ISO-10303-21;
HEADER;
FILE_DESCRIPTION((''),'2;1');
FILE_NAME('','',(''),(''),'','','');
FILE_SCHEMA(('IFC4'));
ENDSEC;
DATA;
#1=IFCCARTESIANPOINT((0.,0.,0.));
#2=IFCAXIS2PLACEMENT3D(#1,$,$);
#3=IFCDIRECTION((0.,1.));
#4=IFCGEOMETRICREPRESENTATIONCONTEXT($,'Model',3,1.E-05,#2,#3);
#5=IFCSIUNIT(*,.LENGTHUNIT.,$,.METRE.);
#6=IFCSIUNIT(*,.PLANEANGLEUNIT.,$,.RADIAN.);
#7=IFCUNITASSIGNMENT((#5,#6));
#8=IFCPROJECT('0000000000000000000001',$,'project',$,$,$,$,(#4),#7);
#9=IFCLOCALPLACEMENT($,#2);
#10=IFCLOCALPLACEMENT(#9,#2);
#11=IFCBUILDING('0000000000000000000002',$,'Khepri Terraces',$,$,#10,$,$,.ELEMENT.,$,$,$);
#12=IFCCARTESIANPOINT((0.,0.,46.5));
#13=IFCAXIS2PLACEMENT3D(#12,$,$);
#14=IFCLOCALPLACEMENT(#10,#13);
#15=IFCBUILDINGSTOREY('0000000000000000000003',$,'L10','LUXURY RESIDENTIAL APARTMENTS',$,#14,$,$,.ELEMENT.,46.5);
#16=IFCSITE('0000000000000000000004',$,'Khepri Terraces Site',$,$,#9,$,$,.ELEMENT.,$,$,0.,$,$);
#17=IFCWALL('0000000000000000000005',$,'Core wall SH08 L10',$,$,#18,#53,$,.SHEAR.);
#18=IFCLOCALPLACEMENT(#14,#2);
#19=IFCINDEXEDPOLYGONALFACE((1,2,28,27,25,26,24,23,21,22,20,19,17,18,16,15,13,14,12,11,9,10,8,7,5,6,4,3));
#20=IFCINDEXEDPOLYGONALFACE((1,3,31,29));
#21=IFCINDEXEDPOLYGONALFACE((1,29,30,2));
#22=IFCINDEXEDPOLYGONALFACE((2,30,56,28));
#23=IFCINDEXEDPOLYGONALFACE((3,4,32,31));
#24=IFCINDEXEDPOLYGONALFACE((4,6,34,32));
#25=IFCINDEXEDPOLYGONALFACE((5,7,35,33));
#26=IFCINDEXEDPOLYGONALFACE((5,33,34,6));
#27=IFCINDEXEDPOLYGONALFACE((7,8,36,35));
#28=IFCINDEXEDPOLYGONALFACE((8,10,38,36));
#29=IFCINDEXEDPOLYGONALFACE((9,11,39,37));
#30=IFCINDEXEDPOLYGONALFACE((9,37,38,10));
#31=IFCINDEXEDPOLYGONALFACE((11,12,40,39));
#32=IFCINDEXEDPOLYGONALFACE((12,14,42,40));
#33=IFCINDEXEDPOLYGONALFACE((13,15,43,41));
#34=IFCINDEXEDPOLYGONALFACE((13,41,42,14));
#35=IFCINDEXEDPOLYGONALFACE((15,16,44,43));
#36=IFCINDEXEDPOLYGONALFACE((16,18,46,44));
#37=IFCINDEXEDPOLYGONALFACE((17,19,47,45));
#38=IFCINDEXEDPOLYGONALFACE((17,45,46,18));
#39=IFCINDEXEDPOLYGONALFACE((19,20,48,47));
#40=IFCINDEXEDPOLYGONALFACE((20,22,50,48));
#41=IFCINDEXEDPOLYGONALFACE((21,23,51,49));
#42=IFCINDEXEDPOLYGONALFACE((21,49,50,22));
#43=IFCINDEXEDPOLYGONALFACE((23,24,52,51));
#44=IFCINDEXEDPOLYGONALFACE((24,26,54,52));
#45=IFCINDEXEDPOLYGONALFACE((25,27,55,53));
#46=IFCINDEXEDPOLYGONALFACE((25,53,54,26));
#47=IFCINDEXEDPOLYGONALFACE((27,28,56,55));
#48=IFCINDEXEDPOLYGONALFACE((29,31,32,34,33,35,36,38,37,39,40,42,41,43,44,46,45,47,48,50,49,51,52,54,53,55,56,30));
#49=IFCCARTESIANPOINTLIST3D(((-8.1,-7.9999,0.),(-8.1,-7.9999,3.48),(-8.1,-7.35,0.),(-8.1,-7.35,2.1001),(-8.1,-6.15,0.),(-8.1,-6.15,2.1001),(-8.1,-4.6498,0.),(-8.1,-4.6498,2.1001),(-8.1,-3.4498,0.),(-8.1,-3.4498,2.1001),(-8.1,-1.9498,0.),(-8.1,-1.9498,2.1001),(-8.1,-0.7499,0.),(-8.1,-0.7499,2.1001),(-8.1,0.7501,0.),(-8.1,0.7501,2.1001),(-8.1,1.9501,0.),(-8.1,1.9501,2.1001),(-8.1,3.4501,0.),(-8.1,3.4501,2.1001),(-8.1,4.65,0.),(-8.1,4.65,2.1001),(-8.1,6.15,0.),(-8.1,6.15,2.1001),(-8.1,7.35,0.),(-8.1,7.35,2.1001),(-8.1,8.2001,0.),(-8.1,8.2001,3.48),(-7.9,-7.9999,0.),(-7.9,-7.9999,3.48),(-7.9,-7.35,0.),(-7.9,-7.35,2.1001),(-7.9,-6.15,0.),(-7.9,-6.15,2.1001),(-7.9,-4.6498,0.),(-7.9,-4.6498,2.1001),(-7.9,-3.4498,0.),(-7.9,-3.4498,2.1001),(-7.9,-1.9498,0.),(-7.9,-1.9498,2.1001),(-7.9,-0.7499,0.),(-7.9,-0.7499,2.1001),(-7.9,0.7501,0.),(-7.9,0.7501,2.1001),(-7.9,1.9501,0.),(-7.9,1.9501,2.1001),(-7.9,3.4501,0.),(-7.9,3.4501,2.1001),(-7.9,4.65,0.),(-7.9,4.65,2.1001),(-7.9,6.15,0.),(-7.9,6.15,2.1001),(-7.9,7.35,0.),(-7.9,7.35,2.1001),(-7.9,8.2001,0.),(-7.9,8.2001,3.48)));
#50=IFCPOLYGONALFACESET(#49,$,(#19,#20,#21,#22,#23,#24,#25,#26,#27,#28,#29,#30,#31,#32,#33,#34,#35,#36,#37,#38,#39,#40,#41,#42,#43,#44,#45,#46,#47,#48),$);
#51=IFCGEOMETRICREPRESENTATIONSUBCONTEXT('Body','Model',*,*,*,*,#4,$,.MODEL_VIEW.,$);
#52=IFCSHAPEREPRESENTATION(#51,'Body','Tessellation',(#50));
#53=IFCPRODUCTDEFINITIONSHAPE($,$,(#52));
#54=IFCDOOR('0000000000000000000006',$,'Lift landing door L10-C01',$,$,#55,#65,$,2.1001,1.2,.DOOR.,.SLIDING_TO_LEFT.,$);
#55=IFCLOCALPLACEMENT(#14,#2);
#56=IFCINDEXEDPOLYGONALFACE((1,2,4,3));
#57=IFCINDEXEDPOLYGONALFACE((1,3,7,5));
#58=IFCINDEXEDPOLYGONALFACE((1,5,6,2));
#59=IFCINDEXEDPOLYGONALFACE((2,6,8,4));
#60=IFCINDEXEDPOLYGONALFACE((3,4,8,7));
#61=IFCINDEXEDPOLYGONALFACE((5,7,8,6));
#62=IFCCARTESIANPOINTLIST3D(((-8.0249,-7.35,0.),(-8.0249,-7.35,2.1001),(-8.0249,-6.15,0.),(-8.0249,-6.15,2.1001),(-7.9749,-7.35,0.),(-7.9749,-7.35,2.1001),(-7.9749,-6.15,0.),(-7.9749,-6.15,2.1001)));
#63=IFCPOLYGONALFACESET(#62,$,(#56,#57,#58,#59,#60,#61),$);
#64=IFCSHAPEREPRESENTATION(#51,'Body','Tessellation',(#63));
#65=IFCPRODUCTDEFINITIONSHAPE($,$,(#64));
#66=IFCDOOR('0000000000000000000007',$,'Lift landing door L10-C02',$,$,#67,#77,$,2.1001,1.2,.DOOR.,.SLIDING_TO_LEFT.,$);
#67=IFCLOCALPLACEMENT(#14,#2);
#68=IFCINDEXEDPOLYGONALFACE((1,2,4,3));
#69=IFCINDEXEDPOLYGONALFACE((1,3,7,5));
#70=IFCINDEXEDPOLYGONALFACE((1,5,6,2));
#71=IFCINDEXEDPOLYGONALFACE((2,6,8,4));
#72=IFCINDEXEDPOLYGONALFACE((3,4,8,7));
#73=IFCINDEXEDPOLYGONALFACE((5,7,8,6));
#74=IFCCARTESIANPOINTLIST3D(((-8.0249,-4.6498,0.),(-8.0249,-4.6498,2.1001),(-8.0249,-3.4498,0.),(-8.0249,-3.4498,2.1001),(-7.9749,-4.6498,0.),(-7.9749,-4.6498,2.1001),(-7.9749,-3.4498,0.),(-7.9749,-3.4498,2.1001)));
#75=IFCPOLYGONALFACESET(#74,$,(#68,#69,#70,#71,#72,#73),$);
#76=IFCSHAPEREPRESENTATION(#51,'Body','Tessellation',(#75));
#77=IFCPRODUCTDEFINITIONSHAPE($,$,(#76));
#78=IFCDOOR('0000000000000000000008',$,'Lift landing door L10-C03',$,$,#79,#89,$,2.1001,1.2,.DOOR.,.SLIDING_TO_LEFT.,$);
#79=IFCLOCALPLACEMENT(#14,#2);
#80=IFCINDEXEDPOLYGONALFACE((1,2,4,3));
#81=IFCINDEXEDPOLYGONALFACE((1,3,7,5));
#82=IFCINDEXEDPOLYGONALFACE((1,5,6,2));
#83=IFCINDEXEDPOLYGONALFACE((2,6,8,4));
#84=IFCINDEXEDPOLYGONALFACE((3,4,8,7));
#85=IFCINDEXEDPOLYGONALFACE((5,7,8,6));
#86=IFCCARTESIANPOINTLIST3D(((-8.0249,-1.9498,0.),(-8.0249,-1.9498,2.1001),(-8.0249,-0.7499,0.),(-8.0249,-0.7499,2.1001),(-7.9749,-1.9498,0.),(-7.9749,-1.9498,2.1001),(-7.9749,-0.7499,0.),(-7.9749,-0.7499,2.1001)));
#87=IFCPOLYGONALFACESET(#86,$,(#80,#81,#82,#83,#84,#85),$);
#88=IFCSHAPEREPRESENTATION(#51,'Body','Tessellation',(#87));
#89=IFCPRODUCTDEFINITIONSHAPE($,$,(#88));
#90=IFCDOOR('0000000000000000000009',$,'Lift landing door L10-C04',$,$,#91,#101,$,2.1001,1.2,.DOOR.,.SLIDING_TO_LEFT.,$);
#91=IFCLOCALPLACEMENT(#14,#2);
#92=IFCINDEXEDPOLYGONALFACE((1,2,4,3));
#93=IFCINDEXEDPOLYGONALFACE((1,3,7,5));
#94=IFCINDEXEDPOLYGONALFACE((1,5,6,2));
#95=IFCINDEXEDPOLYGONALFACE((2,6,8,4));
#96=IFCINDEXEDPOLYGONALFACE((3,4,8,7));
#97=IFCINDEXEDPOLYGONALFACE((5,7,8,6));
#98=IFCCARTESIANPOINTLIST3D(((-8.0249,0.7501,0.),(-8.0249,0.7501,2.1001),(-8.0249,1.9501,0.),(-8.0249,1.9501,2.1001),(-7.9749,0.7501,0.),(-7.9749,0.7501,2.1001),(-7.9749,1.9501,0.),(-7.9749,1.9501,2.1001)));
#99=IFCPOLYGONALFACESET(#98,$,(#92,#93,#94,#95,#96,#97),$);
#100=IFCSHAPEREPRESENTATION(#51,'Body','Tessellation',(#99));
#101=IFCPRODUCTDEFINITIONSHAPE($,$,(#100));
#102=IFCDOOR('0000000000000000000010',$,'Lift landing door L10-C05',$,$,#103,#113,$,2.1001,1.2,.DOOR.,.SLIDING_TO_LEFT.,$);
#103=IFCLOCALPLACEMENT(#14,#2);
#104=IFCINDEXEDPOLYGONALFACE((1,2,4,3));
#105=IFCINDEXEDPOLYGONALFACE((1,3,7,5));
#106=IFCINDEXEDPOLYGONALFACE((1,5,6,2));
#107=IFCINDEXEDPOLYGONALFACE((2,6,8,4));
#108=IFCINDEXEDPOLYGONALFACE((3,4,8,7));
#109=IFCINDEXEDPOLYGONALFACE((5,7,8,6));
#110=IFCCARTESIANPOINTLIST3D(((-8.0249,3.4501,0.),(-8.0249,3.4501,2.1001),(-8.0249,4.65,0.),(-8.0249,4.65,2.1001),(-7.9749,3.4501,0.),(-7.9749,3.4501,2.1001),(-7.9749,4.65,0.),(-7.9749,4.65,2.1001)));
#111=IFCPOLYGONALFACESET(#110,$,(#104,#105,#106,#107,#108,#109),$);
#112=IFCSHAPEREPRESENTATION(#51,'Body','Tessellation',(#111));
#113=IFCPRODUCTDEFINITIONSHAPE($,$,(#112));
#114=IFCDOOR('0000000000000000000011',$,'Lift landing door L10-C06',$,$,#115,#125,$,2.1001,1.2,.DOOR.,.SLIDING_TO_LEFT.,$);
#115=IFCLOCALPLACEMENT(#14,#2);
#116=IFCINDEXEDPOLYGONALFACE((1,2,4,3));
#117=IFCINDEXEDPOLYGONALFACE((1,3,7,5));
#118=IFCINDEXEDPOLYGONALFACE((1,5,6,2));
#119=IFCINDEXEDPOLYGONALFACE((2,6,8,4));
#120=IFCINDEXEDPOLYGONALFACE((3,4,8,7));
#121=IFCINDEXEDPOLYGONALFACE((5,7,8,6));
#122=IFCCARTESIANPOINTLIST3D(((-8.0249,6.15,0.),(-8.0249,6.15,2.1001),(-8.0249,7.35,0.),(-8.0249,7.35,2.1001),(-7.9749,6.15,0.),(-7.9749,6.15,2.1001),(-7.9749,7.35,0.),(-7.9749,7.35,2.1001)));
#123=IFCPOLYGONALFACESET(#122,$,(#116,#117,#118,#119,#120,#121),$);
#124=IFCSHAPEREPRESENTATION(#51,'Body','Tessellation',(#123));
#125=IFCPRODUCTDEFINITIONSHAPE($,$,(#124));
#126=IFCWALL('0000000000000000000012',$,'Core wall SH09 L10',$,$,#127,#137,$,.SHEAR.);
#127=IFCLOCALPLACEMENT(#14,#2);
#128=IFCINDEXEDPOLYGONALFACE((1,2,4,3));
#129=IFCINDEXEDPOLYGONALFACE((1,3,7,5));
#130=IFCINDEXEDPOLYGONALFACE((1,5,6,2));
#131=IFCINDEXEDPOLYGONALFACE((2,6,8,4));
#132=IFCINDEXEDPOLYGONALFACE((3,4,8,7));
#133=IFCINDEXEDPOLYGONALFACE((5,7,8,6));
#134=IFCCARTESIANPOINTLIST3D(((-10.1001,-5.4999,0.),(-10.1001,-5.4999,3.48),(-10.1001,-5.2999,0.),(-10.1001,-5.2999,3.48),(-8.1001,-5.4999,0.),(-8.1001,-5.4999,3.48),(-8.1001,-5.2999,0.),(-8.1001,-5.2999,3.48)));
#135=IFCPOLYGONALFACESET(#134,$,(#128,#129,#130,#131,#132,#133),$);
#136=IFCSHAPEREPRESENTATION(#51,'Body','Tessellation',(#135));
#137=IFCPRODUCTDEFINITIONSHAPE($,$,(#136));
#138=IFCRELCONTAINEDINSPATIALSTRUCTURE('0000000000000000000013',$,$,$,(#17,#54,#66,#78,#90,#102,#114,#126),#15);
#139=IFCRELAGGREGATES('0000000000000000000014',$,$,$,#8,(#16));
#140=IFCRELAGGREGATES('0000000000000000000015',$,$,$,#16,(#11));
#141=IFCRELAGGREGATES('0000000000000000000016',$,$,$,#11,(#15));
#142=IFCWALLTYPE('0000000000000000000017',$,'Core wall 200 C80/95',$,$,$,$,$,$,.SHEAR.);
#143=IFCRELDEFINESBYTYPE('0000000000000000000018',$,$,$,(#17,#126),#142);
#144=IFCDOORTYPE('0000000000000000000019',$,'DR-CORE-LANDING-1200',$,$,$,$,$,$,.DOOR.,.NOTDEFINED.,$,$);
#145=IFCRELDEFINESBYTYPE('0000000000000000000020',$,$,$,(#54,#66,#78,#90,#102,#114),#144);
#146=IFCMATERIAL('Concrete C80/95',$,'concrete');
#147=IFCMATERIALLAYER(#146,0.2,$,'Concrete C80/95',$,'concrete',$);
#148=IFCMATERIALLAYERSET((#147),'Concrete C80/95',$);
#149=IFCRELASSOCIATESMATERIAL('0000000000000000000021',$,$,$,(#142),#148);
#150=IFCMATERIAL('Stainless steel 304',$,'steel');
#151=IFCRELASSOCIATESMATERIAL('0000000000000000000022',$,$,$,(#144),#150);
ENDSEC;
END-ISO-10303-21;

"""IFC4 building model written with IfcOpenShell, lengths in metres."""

from ifc_helpers import new_model, si_unit, direction, frame, frame_2d, origin, place, context, subcontext, project, spatial, rectangle, extrude, material, layer, layer_set, type_object, element, fill, save


model = new_model("IFC4")

# Units and contexts
model_context = context("Model", 3, precision=1e-05, world=origin(), true_north=direction((0.0, 1.0)))
body_context = subcontext(model_context, "Body", "Model", "MODEL_VIEW")
ifc_project = project(units=[si_unit("LENGTHUNIT", "METRE"), si_unit("PLANEANGLEUNIT", "RADIAN")], contexts=[model_context])

# Site, building, storey
site_placement = place(None, origin())
site = spatial("IfcSite", under=ifc_project, at=site_placement, Name="Khepri Terraces Site", CompositionType="ELEMENT", RefElevation=0.0)
building_placement = place(site_placement, origin())
building = spatial("IfcBuilding", under=site, at=building_placement, Name="Khepri Terraces", CompositionType="ELEMENT")
storey_placement = place(building_placement, frame((0.0, 0.0, 46.5)))
storey = spatial("IfcBuildingStorey", under=building, at=storey_placement, Name="L10", Description="LUXURY RESIDENTIAL APARTMENTS", CompositionType="ELEMENT", Elevation=46.5)

# Shared definitions
ifc_material_1 = material(Name="Concrete C80/95", Category="concrete")
ifc_layer_1 = layer(ifc_material_1, 0.2, Name="Concrete C80/95", Category="concrete")
ifc_layer_set_1 = layer_set([ifc_layer_1], Name="Concrete C80/95")
wall_type_1 = type_object("IfcWallType", Name="Core wall 200 C80/95", PredefinedType="SHEAR", material=ifc_layer_set_1)

# Wall, openings, doors
wall_1_placement = place(storey_placement, frame((-8.0, -8.0, 0.0), z_axis=(0.0, 0.0, 1.0), x_axis=(0.0, 1.0, 0.0)))
wall_1 = element("IfcWall", 1, at=wall_1_placement, inside=storey, type_object=wall_type_1, Name="Core wall SH08 L10", PredefinedType="SHEAR", context=body_context, shape_type="SweptSolid", body=[
    extrude(rectangle(XDim=16.2, YDim=0.2, at=frame_2d((8.1001, 0.0))), origin(), (0.0, 0.0, 1.0), 3.48),
])
opening_1_placement = place(wall_1_placement, frame((0.6499, 0.0, 0.0)))
opening_1 = element("IfcOpeningElement", 2, at=opening_1_placement, cuts=wall_1, PredefinedType="OPENING", context=body_context, shape_type="SweptSolid", body=[
    extrude(rectangle(XDim=1.2, YDim=2.1001, at=frame_2d((0.6001, 1.05))), frame((0.0, 0.1099, 0.0), z_axis=(0.0, -1.0, 0.0), x_axis=(1.0, 0.0, 0.0)), (0.0, 0.0, 1.0), 0.22),
])
opening_2_placement = place(wall_1_placement, frame((3.3501, 0.0, 0.0)))
opening_2 = element("IfcOpeningElement", 3, at=opening_2_placement, cuts=wall_1, PredefinedType="OPENING", context=body_context, shape_type="SweptSolid", body=[
    extrude(rectangle(XDim=1.2, YDim=2.1001, at=frame_2d((0.6001, 1.05))), frame((0.0, 0.1099, 0.0), z_axis=(0.0, -1.0, 0.0), x_axis=(1.0, 0.0, 0.0)), (0.0, 0.0, 1.0), 0.22),
])
opening_3_placement = place(wall_1_placement, frame((6.05, 0.0, 0.0)))
opening_3 = element("IfcOpeningElement", 4, at=opening_3_placement, cuts=wall_1, PredefinedType="OPENING", context=body_context, shape_type="SweptSolid", body=[
    extrude(rectangle(XDim=1.2, YDim=2.1001, at=frame_2d((0.6001, 1.05))), frame((0.0, 0.1099, 0.0), z_axis=(0.0, -1.0, 0.0), x_axis=(1.0, 0.0, 0.0)), (0.0, 0.0, 1.0), 0.22),
])
opening_4_placement = place(wall_1_placement, frame((8.75, 0.0, 0.0)))
opening_4 = element("IfcOpeningElement", 5, at=opening_4_placement, cuts=wall_1, PredefinedType="OPENING", context=body_context, shape_type="SweptSolid", body=[
    extrude(rectangle(XDim=1.2, YDim=2.1001, at=frame_2d((0.6001, 1.05))), frame((0.0, 0.1099, 0.0), z_axis=(0.0, -1.0, 0.0), x_axis=(1.0, 0.0, 0.0)), (0.0, 0.0, 1.0), 0.22),
])
opening_5_placement = place(wall_1_placement, frame((11.45, 0.0, 0.0)))
opening_5 = element("IfcOpeningElement", 6, at=opening_5_placement, cuts=wall_1, PredefinedType="OPENING", context=body_context, shape_type="SweptSolid", body=[
    extrude(rectangle(XDim=1.2, YDim=2.1001, at=frame_2d((0.6001, 1.05))), frame((0.0, 0.1099, 0.0), z_axis=(0.0, -1.0, 0.0), x_axis=(1.0, 0.0, 0.0)), (0.0, 0.0, 1.0), 0.22),
])
opening_6_placement = place(wall_1_placement, frame((14.1499, 0.0, 0.0)))
opening_6 = element("IfcOpeningElement", 7, at=opening_6_placement, cuts=wall_1, PredefinedType="OPENING", context=body_context, shape_type="SweptSolid", body=[
    extrude(rectangle(XDim=1.2, YDim=2.1001, at=frame_2d((0.6001, 1.05))), frame((0.0, 0.1099, 0.0), z_axis=(0.0, -1.0, 0.0), x_axis=(1.0, 0.0, 0.0)), (0.0, 0.0, 1.0), 0.22),
])
ifc_material_2 = material(Name="Stainless steel 304", Category="steel")
door_type_1 = type_object("IfcDoorType", Name="DR-CORE-LANDING-1200", OperationType="NOTDEFINED", PredefinedType="DOOR", material=ifc_material_2)
door_1_placement = place(opening_1_placement, origin())
door_1 = element("IfcDoor", 8, at=door_1_placement, inside=storey, type_object=door_type_1, Name="Lift landing door L10-C01", OperationType="SLIDING_TO_LEFT", OverallHeight=2.1001, OverallWidth=1.2, PredefinedType="DOOR", context=body_context, shape_type="SweptSolid", body=[
    extrude(rectangle(XDim=1.2, YDim=2.1001, at=frame_2d((0.6001, 1.05))), frame((0.0, 0.0249, 0.0), z_axis=(0.0, -1.0, 0.0), x_axis=(1.0, 0.0, 0.0)), (0.0, 0.0, 1.0), 0.05),
])
fill(opening_1, door_1)
door_2_placement = place(opening_2_placement, origin())
door_2 = element("IfcDoor", 9, at=door_2_placement, inside=storey, type_object=door_type_1, Name="Lift landing door L10-C02", OperationType="SLIDING_TO_LEFT", OverallHeight=2.1001, OverallWidth=1.2, PredefinedType="DOOR", context=body_context, shape_type="SweptSolid", body=[
    extrude(rectangle(XDim=1.2, YDim=2.1001, at=frame_2d((0.6001, 1.05))), frame((0.0, 0.0249, 0.0), z_axis=(0.0, -1.0, 0.0), x_axis=(1.0, 0.0, 0.0)), (0.0, 0.0, 1.0), 0.05),
])
fill(opening_2, door_2)
door_3_placement = place(opening_3_placement, origin())
door_3 = element("IfcDoor", 10, at=door_3_placement, inside=storey, type_object=door_type_1, Name="Lift landing door L10-C03", OperationType="SLIDING_TO_LEFT", OverallHeight=2.1001, OverallWidth=1.2, PredefinedType="DOOR", context=body_context, shape_type="SweptSolid", body=[
    extrude(rectangle(XDim=1.2, YDim=2.1001, at=frame_2d((0.6001, 1.05))), frame((0.0, 0.0249, 0.0), z_axis=(0.0, -1.0, 0.0), x_axis=(1.0, 0.0, 0.0)), (0.0, 0.0, 1.0), 0.05),
])
fill(opening_3, door_3)
door_4_placement = place(opening_4_placement, origin())
door_4 = element("IfcDoor", 11, at=door_4_placement, inside=storey, type_object=door_type_1, Name="Lift landing door L10-C04", OperationType="SLIDING_TO_LEFT", OverallHeight=2.1001, OverallWidth=1.2, PredefinedType="DOOR", context=body_context, shape_type="SweptSolid", body=[
    extrude(rectangle(XDim=1.2, YDim=2.1001, at=frame_2d((0.6001, 1.05))), frame((0.0, 0.0249, 0.0), z_axis=(0.0, -1.0, 0.0), x_axis=(1.0, 0.0, 0.0)), (0.0, 0.0, 1.0), 0.05),
])
fill(opening_4, door_4)
door_5_placement = place(opening_5_placement, origin())
door_5 = element("IfcDoor", 12, at=door_5_placement, inside=storey, type_object=door_type_1, Name="Lift landing door L10-C05", OperationType="SLIDING_TO_LEFT", OverallHeight=2.1001, OverallWidth=1.2, PredefinedType="DOOR", context=body_context, shape_type="SweptSolid", body=[
    extrude(rectangle(XDim=1.2, YDim=2.1001, at=frame_2d((0.6001, 1.05))), frame((0.0, 0.0249, 0.0), z_axis=(0.0, -1.0, 0.0), x_axis=(1.0, 0.0, 0.0)), (0.0, 0.0, 1.0), 0.05),
])
fill(opening_5, door_5)
door_6_placement = place(opening_6_placement, origin())
door_6 = element("IfcDoor", 13, at=door_6_placement, inside=storey, type_object=door_type_1, Name="Lift landing door L10-C06", OperationType="SLIDING_TO_LEFT", OverallHeight=2.1001, OverallWidth=1.2, PredefinedType="DOOR", context=body_context, shape_type="SweptSolid", body=[
    extrude(rectangle(XDim=1.2, YDim=2.1001, at=frame_2d((0.6001, 1.05))), frame((0.0, 0.0249, 0.0), z_axis=(0.0, -1.0, 0.0), x_axis=(1.0, 0.0, 0.0)), (0.0, 0.0, 1.0), 0.05),
])
fill(opening_6, door_6)

# Wall
wall_2_placement = place(storey_placement, frame((-10.1001, -5.3999, 0.0), z_axis=(0.0, 0.0, 1.0), x_axis=(1.0, 0.0, 0.0)))
element("IfcWall", 14, at=wall_2_placement, inside=storey, type_object=wall_type_1, Name="Core wall SH09 L10", PredefinedType="SHEAR", context=body_context, shape_type="SweptSolid", body=[
    extrude(rectangle(XDim=2.0, YDim=0.2, at=frame_2d((1.0, 0.0))), origin(), (0.0, 0.0, 1.0), 3.48),
])

save(model, "model.ifc")
